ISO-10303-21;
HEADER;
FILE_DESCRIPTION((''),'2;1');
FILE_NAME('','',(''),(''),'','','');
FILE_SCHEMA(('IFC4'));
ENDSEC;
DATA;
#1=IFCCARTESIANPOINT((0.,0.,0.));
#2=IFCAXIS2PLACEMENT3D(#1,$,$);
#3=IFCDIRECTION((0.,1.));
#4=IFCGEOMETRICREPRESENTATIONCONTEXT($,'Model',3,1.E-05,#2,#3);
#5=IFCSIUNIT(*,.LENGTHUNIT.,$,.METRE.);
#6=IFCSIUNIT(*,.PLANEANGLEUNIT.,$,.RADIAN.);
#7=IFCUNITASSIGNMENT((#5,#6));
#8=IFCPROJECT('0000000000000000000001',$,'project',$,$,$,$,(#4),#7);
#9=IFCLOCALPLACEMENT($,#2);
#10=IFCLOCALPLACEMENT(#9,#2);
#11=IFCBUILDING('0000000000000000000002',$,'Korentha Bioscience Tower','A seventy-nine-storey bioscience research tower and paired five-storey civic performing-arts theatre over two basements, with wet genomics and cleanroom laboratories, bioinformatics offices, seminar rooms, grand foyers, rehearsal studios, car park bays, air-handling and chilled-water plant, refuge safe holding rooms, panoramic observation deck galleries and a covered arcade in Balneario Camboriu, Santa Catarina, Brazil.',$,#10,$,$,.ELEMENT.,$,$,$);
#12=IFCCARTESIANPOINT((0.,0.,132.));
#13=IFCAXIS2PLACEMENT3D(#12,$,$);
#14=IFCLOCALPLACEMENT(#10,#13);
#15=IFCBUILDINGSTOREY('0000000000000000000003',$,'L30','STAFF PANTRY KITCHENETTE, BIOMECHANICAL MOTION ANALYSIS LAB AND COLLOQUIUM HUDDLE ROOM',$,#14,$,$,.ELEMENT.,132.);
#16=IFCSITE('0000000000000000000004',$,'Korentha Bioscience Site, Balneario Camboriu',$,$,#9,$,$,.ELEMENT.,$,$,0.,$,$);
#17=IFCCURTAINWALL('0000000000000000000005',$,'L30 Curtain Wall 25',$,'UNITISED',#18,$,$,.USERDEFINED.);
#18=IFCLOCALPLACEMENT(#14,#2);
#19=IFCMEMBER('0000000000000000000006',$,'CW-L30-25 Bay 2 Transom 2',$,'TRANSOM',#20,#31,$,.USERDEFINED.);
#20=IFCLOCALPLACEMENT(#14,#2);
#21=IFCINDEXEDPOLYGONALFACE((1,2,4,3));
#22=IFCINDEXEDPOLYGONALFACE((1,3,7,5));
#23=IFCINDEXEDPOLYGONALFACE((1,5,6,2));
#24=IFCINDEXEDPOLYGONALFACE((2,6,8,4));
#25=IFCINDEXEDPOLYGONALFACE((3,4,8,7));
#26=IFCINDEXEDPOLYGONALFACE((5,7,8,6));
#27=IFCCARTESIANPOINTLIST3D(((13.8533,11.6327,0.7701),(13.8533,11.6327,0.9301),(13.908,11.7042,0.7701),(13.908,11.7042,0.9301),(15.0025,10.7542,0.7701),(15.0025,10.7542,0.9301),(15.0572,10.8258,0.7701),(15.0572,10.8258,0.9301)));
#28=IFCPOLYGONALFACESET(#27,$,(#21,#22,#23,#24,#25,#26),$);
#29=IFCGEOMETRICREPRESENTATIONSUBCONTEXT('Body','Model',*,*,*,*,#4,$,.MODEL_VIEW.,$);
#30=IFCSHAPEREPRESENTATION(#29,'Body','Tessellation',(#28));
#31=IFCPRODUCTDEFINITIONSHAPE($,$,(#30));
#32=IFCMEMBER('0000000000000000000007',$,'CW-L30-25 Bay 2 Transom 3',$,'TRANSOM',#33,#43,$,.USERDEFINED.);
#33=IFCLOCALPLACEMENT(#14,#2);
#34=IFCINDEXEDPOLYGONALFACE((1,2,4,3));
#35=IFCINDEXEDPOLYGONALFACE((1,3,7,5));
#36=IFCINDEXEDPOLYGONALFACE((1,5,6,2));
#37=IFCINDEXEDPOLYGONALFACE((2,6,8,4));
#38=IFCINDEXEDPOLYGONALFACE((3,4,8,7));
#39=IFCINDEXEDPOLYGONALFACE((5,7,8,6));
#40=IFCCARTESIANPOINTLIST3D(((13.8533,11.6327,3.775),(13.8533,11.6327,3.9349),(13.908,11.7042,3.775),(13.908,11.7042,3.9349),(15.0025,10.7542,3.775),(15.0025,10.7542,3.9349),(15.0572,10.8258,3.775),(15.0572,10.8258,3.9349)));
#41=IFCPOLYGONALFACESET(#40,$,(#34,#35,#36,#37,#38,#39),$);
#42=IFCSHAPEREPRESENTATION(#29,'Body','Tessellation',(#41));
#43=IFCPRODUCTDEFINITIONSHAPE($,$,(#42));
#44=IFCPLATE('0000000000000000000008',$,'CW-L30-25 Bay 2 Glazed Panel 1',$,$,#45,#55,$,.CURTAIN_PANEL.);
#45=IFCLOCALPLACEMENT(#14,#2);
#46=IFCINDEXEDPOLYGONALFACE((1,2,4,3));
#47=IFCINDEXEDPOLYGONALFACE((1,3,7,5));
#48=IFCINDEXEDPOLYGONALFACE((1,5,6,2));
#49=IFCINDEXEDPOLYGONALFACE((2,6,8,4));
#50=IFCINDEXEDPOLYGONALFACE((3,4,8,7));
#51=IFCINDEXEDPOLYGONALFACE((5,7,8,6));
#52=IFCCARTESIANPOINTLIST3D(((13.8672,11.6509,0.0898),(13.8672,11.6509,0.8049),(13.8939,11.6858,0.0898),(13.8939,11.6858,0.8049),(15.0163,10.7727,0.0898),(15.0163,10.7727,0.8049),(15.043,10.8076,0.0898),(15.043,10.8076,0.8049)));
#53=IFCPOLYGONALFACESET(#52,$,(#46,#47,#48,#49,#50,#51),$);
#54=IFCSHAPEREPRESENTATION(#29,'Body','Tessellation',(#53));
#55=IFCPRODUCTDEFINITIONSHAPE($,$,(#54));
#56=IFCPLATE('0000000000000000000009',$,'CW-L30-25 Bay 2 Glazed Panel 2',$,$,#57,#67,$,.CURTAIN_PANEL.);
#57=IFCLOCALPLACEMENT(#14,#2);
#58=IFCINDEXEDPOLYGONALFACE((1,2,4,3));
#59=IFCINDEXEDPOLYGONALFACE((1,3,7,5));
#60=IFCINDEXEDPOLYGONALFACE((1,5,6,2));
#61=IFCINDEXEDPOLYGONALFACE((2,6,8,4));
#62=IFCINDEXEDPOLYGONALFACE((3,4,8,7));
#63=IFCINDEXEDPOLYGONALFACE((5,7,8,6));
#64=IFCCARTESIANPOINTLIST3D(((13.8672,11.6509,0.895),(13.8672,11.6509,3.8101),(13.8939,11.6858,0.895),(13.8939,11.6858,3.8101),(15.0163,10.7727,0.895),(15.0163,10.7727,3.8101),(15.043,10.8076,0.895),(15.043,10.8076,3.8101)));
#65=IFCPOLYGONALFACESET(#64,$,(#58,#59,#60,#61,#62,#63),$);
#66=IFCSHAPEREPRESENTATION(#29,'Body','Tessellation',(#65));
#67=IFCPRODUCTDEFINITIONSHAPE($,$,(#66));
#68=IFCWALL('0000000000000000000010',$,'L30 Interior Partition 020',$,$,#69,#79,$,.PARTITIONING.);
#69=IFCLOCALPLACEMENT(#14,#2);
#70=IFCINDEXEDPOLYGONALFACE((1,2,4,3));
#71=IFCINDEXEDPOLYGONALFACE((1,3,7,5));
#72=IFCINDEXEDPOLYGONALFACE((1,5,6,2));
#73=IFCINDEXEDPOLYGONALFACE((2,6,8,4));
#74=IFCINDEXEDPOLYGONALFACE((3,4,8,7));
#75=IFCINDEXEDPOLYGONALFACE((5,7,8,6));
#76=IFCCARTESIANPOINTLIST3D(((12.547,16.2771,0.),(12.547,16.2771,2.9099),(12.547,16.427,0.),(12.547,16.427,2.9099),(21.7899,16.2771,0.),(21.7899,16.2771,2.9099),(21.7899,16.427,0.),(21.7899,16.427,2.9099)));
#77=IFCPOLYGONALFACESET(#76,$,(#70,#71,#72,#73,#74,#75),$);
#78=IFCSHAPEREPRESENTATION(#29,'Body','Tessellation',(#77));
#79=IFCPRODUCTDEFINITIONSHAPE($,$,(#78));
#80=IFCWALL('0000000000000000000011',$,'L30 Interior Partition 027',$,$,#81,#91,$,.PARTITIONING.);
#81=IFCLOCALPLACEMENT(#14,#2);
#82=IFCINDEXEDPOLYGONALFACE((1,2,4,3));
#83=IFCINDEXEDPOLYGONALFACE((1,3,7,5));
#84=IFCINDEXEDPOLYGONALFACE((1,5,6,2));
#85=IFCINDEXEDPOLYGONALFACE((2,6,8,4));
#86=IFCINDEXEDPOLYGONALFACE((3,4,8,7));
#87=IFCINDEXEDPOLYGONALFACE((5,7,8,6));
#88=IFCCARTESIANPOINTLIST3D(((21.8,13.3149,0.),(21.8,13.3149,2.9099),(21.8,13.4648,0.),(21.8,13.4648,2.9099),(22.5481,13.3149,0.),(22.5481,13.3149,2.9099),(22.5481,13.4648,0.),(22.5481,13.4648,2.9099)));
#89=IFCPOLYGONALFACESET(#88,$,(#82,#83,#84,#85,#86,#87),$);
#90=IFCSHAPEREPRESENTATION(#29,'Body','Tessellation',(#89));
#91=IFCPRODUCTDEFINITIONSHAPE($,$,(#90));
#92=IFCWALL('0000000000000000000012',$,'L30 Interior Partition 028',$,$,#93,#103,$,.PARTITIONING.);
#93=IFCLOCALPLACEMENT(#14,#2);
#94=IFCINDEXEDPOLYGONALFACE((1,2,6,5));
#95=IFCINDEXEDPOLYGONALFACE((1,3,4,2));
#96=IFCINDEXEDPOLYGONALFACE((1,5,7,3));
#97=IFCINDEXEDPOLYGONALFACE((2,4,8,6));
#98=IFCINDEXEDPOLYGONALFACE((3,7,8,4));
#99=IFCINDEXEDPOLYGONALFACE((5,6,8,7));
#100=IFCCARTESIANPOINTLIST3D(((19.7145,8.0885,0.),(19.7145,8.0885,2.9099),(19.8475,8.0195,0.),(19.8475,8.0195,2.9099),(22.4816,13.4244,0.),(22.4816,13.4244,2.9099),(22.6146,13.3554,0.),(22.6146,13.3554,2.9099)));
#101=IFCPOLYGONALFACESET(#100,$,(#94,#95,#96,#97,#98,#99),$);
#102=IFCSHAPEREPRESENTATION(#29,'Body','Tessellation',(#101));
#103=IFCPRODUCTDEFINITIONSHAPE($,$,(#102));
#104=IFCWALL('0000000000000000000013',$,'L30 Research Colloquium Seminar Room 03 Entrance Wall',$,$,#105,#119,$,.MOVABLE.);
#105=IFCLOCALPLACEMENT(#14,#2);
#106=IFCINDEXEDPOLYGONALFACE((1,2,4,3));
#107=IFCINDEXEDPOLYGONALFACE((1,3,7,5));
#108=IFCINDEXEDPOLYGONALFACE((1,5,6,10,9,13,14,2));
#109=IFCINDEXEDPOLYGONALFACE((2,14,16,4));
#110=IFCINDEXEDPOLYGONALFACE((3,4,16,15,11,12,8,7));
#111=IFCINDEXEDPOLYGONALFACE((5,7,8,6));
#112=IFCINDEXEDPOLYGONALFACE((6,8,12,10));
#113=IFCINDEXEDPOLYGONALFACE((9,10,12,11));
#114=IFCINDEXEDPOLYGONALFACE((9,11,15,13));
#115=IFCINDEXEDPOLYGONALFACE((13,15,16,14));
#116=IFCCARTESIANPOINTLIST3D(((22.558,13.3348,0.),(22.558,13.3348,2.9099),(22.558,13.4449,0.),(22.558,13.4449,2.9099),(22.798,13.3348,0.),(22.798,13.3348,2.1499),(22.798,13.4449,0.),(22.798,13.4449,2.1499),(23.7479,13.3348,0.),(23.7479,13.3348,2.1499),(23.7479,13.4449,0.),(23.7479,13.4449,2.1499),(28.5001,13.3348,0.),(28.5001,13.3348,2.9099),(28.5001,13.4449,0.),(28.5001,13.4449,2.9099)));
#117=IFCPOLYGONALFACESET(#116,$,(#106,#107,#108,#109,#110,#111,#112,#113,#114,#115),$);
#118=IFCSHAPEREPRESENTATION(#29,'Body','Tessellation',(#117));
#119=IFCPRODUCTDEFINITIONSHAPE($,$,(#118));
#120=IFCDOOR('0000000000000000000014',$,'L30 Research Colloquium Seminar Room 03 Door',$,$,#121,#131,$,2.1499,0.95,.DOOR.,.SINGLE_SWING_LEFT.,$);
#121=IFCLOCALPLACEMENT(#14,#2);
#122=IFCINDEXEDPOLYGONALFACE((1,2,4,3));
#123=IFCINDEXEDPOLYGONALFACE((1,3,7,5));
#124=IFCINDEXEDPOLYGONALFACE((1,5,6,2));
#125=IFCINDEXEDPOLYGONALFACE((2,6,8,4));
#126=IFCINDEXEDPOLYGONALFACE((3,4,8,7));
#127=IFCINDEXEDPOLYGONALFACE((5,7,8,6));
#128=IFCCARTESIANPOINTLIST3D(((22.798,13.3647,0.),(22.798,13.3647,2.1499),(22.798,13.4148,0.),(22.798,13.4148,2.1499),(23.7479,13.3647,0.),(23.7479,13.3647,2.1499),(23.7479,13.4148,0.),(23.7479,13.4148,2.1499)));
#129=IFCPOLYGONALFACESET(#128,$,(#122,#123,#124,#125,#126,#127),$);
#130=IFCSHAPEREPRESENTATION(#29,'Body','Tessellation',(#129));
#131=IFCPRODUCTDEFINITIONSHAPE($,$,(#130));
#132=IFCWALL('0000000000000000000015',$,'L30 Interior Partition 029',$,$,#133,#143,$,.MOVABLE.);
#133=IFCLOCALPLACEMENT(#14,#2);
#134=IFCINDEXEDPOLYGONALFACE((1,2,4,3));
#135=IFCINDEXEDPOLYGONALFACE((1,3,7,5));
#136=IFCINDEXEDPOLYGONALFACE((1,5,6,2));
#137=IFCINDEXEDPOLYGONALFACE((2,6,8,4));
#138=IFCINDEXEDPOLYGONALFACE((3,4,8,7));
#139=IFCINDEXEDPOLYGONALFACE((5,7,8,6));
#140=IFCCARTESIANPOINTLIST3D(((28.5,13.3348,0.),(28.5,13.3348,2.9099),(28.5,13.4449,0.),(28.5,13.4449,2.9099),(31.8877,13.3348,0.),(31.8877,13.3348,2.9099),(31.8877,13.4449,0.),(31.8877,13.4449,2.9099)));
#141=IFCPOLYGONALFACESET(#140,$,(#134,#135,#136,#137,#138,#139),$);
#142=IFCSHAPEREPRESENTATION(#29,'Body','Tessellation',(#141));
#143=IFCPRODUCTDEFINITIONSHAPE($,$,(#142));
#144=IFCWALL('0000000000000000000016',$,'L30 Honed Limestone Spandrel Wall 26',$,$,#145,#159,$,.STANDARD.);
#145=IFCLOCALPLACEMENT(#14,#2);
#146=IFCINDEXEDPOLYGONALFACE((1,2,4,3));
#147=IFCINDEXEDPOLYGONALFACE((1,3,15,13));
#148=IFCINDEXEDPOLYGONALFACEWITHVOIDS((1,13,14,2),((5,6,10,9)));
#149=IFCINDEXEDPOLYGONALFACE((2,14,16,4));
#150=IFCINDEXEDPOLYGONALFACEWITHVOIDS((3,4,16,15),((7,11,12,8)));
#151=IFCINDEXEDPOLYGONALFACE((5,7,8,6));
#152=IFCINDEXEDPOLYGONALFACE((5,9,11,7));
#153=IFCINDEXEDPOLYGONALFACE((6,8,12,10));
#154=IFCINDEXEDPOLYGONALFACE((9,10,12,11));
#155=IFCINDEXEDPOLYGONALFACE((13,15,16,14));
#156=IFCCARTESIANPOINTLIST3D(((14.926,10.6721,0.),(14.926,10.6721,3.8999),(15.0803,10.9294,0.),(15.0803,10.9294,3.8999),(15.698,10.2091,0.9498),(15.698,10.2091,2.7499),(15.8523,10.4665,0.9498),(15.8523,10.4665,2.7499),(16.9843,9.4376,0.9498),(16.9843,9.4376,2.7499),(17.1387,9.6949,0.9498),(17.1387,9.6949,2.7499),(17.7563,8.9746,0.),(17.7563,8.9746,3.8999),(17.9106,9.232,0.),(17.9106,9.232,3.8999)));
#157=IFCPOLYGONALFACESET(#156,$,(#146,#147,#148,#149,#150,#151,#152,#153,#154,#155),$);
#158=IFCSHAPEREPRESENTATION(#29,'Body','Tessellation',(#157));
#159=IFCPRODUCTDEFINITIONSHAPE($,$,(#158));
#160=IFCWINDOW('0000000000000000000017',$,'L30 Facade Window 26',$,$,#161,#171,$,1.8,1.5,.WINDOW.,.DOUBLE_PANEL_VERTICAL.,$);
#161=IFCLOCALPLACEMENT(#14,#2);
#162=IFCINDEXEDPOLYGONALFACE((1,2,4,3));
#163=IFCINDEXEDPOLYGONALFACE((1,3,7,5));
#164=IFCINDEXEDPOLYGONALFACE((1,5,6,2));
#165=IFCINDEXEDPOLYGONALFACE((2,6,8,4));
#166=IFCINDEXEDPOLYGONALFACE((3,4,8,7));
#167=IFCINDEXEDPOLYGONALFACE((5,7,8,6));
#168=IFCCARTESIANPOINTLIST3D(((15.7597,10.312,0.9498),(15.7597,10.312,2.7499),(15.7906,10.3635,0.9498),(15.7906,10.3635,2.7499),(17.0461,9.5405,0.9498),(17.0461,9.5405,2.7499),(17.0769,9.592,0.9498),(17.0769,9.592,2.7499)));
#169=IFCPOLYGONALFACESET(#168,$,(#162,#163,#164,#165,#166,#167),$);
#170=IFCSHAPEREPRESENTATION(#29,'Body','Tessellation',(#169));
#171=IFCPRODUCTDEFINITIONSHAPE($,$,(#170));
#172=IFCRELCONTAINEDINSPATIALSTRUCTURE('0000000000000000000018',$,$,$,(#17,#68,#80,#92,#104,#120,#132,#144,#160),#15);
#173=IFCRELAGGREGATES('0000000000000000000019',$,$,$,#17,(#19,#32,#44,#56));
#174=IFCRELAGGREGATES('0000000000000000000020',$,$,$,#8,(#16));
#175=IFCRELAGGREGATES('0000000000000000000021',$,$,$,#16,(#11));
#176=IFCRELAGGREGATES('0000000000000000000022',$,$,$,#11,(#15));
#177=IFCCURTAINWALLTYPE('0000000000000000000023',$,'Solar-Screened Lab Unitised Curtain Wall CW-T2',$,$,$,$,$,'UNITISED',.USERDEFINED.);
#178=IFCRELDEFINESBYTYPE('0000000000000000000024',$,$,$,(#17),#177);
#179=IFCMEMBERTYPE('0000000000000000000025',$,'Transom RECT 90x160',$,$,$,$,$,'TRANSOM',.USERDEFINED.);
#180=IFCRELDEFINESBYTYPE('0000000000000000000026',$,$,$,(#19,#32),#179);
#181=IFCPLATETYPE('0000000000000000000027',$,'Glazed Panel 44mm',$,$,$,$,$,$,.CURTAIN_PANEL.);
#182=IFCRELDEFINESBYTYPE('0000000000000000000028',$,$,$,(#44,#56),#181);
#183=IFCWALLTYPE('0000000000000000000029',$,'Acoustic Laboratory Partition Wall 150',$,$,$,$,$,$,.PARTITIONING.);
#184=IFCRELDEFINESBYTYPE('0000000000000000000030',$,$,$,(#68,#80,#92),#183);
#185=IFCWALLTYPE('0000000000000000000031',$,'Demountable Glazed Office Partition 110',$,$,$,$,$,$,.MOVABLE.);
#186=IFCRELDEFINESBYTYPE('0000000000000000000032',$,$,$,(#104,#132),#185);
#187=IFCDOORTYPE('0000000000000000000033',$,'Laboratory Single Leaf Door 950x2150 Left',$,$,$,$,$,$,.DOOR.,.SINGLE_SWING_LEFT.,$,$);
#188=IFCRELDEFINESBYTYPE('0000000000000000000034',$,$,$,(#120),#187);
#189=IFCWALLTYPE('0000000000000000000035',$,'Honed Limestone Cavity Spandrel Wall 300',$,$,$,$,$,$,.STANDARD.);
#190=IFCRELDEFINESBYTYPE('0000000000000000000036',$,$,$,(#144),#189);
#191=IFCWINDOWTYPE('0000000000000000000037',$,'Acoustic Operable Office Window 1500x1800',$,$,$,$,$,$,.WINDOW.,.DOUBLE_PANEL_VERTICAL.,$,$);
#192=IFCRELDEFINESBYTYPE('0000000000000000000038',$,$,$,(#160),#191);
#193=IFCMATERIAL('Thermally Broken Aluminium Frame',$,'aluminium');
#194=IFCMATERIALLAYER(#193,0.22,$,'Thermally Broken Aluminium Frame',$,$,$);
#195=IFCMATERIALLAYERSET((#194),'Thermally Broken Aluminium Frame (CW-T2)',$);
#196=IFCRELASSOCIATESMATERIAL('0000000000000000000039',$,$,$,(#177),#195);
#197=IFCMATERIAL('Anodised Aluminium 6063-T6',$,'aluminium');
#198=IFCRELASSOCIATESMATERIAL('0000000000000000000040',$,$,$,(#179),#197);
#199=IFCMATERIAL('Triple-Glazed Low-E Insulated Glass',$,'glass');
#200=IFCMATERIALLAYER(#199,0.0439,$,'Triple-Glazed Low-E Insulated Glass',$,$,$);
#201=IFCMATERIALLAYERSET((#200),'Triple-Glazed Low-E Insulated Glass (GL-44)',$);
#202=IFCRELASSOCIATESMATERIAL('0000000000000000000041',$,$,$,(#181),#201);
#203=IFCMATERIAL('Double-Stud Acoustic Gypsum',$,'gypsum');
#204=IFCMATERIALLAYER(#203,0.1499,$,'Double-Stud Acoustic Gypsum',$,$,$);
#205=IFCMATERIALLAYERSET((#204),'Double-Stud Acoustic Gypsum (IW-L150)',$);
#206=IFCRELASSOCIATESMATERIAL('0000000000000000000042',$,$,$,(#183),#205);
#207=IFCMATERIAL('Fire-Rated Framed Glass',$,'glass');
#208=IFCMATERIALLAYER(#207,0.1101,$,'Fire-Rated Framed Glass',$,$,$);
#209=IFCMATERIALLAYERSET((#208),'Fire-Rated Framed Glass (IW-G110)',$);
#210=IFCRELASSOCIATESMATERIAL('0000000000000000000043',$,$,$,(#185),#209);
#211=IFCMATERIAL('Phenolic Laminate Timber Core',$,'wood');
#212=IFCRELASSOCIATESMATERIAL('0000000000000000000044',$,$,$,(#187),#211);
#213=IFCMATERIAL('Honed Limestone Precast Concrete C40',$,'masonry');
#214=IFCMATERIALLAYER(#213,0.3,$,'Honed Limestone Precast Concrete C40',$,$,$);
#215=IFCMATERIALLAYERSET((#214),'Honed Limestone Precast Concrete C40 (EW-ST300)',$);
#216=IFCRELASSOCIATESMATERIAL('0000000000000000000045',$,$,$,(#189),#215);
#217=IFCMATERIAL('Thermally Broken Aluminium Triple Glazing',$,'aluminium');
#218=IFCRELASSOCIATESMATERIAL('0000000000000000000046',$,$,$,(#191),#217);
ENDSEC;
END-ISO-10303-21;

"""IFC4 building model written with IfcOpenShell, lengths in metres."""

from ifc_helpers import new_model, si_unit, direction, frame, frame_2d, origin, origin_2d, place, context, subcontext, project, spatial, rectangle, extrude, material, layer, layer_set, material_profile, profile_set, type_object, element, fill, aggregate, save


model = new_model("IFC4")

# Units and contexts
model_context = context("Model", 3, precision=1e-05, world=origin(), true_north=direction((0.0, 1.0)))
body_context = subcontext(model_context, "Body", "Model", "MODEL_VIEW")
ifc_project = project(units=[si_unit("LENGTHUNIT", "METRE"), si_unit("PLANEANGLEUNIT", "RADIAN")], contexts=[model_context])

# Site, building, storey
site_placement = place(None, origin())
site = spatial("IfcSite", under=ifc_project, at=site_placement, Name="Korentha Bioscience Site, Balneario Camboriu", CompositionType="ELEMENT", RefElevation=0.0)
building_placement = place(site_placement, origin())
building = spatial("IfcBuilding", under=site, at=building_placement, Name="Korentha Bioscience Tower", Description="A seventy-nine-storey bioscience research tower and paired five-storey civic performing-arts theatre over two basements, with wet genomics and cleanroom laboratories, bioinformatics offices, seminar rooms, grand foyers, rehearsal studios, car park bays, air-handling and chilled-water plant, refuge safe holding rooms, panoramic observation deck galleries and a covered arcade in Balneario Camboriu, Santa Catarina, Brazil.", CompositionType="ELEMENT")
storey_placement = place(building_placement, frame((0.0, 0.0, 132.0)))
storey = spatial("IfcBuildingStorey", under=building, at=storey_placement, Name="L30", Description="STAFF PANTRY KITCHENETTE, BIOMECHANICAL MOTION ANALYSIS LAB AND COLLOQUIUM HUDDLE ROOM", CompositionType="ELEMENT", Elevation=132.0)

# Curtain wall
ifc_material_1 = material(Name="Thermally Broken Aluminium Frame", Category="aluminium")
ifc_layer_1 = layer(ifc_material_1, 0.22, Name="Thermally Broken Aluminium Frame")
ifc_layer_set_1 = layer_set([ifc_layer_1], Name="Thermally Broken Aluminium Frame (CW-T2)")
curtain_wall_type = type_object("IfcCurtainWallType", Name="Solar-Screened Lab Unitised Curtain Wall CW-T2", ElementType="UNITISED", PredefinedType="USERDEFINED", material=ifc_layer_set_1)
curtain_wall_placement = place(storey_placement, origin())
curtain_wall = element("IfcCurtainWall", 1, at=curtain_wall_placement, inside=storey, type_object=curtain_wall_type, Name="L30 Curtain Wall 25", ObjectType="UNITISED", PredefinedType="USERDEFINED")
ifc_material_2 = material(Name="Anodised Aluminium 6063-T6", Category="aluminium")

# Members
ifc_material_profile_1 = material_profile(ifc_material_2, rectangle(XDim=0.0901, YDim=0.1599, at=origin_2d()), Name="Anodised Aluminium 6063-T6")
ifc_profile_set_1 = profile_set([ifc_material_profile_1], Name="Anodised Aluminium 6063-T6 (CW-TRN)")
member_type_1 = type_object("IfcMemberType", Name="Transom RECT 90x160", ElementType="TRANSOM", PredefinedType="USERDEFINED", material=ifc_profile_set_1)
member_1_placement = place(storey_placement, frame((13.8806, 11.6685, 0.8501), z_axis=(0.794478, -0.607293, 0.0), x_axis=(0.607293, 0.794478, 0.0)))
member_1 = element("IfcMember", 2, at=member_1_placement, type_object=member_type_1, Name="CW-L30-25 Bay 2 Transom 2", ObjectType="TRANSOM", PredefinedType="USERDEFINED", context=body_context, shape_type="SweptSolid", body=[
    extrude(rectangle(XDim=0.0901, YDim=0.1599, at=origin_2d()), origin(), (0.0, 0.0, 1.0), 1.4465),
])
member_2_placement = place(storey_placement, frame((13.8806, 11.6685, 3.855), z_axis=(0.794478, -0.607293, 0.0), x_axis=(0.607293, 0.794478, 0.0)))
member_2 = element("IfcMember", 3, at=member_2_placement, type_object=member_type_1, Name="CW-L30-25 Bay 2 Transom 3", ObjectType="TRANSOM", PredefinedType="USERDEFINED", context=body_context, shape_type="SweptSolid", body=[
    extrude(rectangle(XDim=0.0901, YDim=0.1599, at=origin_2d()), origin(), (0.0, 0.0, 1.0), 1.4465),
])

# Plates
ifc_material_3 = material(Name="Triple-Glazed Low-E Insulated Glass", Category="glass")
ifc_layer_2 = layer(ifc_material_3, 0.0439, Name="Triple-Glazed Low-E Insulated Glass")
ifc_layer_set_2 = layer_set([ifc_layer_2], Name="Triple-Glazed Low-E Insulated Glass (GL-44)")
plate_type = type_object("IfcPlateType", Name="Glazed Panel 44mm", PredefinedType="CURTAIN_PANEL", material=ifc_layer_set_2)
plate_1_placement = place(storey_placement, frame((14.4551, 11.2292, 0.0898), z_axis=(0.0, 0.0, 1.0), x_axis=(0.7945, -0.607265, 0.0)))
plate_1 = element("IfcPlate", 4, at=plate_1_placement, type_object=plate_type, Name="CW-L30-25 Bay 2 Glazed Panel 1", PredefinedType="CURTAIN_PANEL", context=body_context, shape_type="SweptSolid", body=[
    extrude(rectangle(XDim=1.4463, YDim=0.0439, at=origin_2d()), origin(), (0.0, 0.0, 1.0), 0.7151),
])
plate_2_placement = place(storey_placement, frame((14.4551, 11.2292, 0.895), z_axis=(0.0, 0.0, 1.0), x_axis=(0.7945, -0.607265, 0.0)))
plate_2 = element("IfcPlate", 5, at=plate_2_placement, type_object=plate_type, Name="CW-L30-25 Bay 2 Glazed Panel 2", PredefinedType="CURTAIN_PANEL", context=body_context, shape_type="SweptSolid", body=[
    extrude(rectangle(XDim=1.4463, YDim=0.0439, at=origin_2d()), origin(), (0.0, 0.0, 1.0), 2.915),
])
aggregate(curtain_wall, [member_1, member_2, plate_1, plate_2])

# Shared definitions
ifc_material_4 = material(Name="Double-Stud Acoustic Gypsum", Category="gypsum")
ifc_layer_3 = layer(ifc_material_4, 0.1499, Name="Double-Stud Acoustic Gypsum")
ifc_layer_set_3 = layer_set([ifc_layer_3], Name="Double-Stud Acoustic Gypsum (IW-L150)")
wall_type_1 = type_object("IfcWallType", Name="Acoustic Laboratory Partition Wall 150", PredefinedType="PARTITIONING", material=ifc_layer_set_3)
ifc_material_5 = material(Name="Phenolic Laminate Timber Core", Category="wood")

# Walls
wall_1_placement = place(storey_placement, frame((21.79, 16.3521, 0.0), z_axis=(0.0, 0.0, 1.0), x_axis=(-1.0, 0.0, 0.0)))
element("IfcWall", 6, at=wall_1_placement, inside=storey, type_object=wall_type_1, Name="L30 Interior Partition 020", PredefinedType="PARTITIONING", context=body_context, shape_type="SweptSolid", body=[
    extrude(rectangle(XDim=9.2429, YDim=0.1499, at=frame_2d((4.6216, 0.0))), origin(), (0.0, 0.0, 1.0), 2.9099),
])
wall_2_placement = place(storey_placement, frame((21.8, 13.3899, 0.0), z_axis=(0.0, 0.0, 1.0), x_axis=(1.0, 0.0, 0.0)))
element("IfcWall", 7, at=wall_2_placement, inside=storey, type_object=wall_type_1, Name="L30 Interior Partition 027", PredefinedType="PARTITIONING", context=body_context, shape_type="SweptSolid", body=[
    extrude(rectangle(XDim=0.748, YDim=0.1499, at=frame_2d((0.374, 0.0))), origin(), (0.0, 0.0, 1.0), 2.9099),
])
wall_3_placement = place(storey_placement, frame((22.5481, 13.3899, 0.0), z_axis=(0.0, 0.0, 1.0), x_axis=(-0.460357, -0.887734, 0.0)))
element("IfcWall", 8, at=wall_3_placement, inside=storey, type_object=wall_type_1, Name="L30 Interior Partition 028", PredefinedType="PARTITIONING", context=body_context, shape_type="SweptSolid", body=[
    extrude(rectangle(XDim=6.0107, YDim=0.1499, at=frame_2d((3.0054, 0.0))), origin(), (0.0, 0.0, 1.0), 2.9099),
])

# Wall, opening, door
ifc_material_6 = material(Name="Fire-Rated Framed Glass", Category="glass")
ifc_layer_4 = layer(ifc_material_6, 0.1101, Name="Fire-Rated Framed Glass")
ifc_layer_set_4 = layer_set([ifc_layer_4], Name="Fire-Rated Framed Glass (IW-G110)")
wall_type_2 = type_object("IfcWallType", Name="Demountable Glazed Office Partition 110", PredefinedType="MOVABLE", material=ifc_layer_set_4)
wall_4_placement = place(storey_placement, frame((22.5579, 13.3899, 0.0), z_axis=(0.0, 0.0, 1.0), x_axis=(1.0, 0.0, 0.0)))
wall_4 = element("IfcWall", 9, at=wall_4_placement, inside=storey, type_object=wall_type_2, Name="L30 Research Colloquium Seminar Room 03 Entrance Wall", PredefinedType="MOVABLE", context=body_context, shape_type="SweptSolid", body=[
    extrude(rectangle(XDim=5.9421, YDim=0.1101, at=frame_2d((2.9712, 0.0))), origin(), (0.0, 0.0, 1.0), 2.9099),
])
opening_1_placement = place(wall_4_placement, frame((0.24, 0.0, 0.0)))
opening_1 = element("IfcOpeningElement", 10, at=opening_1_placement, cuts=wall_4, PredefinedType="OPENING", context=body_context, shape_type="SweptSolid", body=[
    extrude(rectangle(XDim=0.95, YDim=2.1499, at=frame_2d((0.4751, 1.075))), frame((0.0, 0.0698, 0.0), z_axis=(0.0, -1.0, 0.0), x_axis=(1.0, 0.0, 0.0)), (0.0, 0.0, 1.0), 0.1399),
])
door_type_1 = type_object("IfcDoorType", Name="Laboratory Single Leaf Door 950x2150 Left", OperationType="SINGLE_SWING_LEFT", PredefinedType="DOOR", material=ifc_material_5)
door_1_placement = place(opening_1_placement, origin())
door_1 = element("IfcDoor", 11, at=door_1_placement, inside=storey, type_object=door_type_1, Name="L30 Research Colloquium Seminar Room 03 Door", OperationType="SINGLE_SWING_LEFT", OverallHeight=2.1499, OverallWidth=0.95, PredefinedType="DOOR", context=body_context, shape_type="SweptSolid", body=[
    extrude(rectangle(XDim=0.95, YDim=2.1499, at=frame_2d((0.4751, 1.075))), frame((0.0, 0.0249, 0.0), z_axis=(0.0, -1.0, 0.0), x_axis=(1.0, 0.0, 0.0)), (0.0, 0.0, 1.0), 0.05),
])
fill(opening_1, door_1)

# Wall
wall_5_placement = place(storey_placement, frame((28.5, 13.3899, 0.0), z_axis=(0.0, 0.0, 1.0), x_axis=(1.0, 0.0, 0.0)))
element("IfcWall", 12, at=wall_5_placement, inside=storey, type_object=wall_type_2, Name="L30 Interior Partition 029", PredefinedType="MOVABLE", context=body_context, shape_type="SweptSolid", body=[
    extrude(rectangle(XDim=3.3877, YDim=0.1101, at=frame_2d((1.6938, 0.0))), origin(), (0.0, 0.0, 1.0), 2.9099),
])

# Wall, opening, window
ifc_material_7 = material(Name="Honed Limestone Precast Concrete C40", Category="masonry")
ifc_layer_5 = layer(ifc_material_7, 0.3, Name="Honed Limestone Precast Concrete C40")
ifc_layer_set_5 = layer_set([ifc_layer_5], Name="Honed Limestone Precast Concrete C40 (EW-ST300)")
wall_type_3 = type_object("IfcWallType", Name="Honed Limestone Cavity Spandrel Wall 300", PredefinedType="STANDARD", material=ifc_layer_set_5)
wall_6_placement = place(storey_placement, frame((15.0032, 10.8008, 0.0), z_axis=(0.0, 0.0, 1.0), x_axis=(0.857584, -0.514343, 0.0)))
wall_6 = element("IfcWall", 13, at=wall_6_placement, inside=storey, type_object=wall_type_3, Name="L30 Honed Limestone Spandrel Wall 26", PredefinedType="STANDARD", context=body_context, shape_type="SweptSolid", body=[
    extrude(rectangle(XDim=3.3003, YDim=0.3, at=frame_2d((1.6501, 0.0))), origin(), (0.0, 0.0, 1.0), 3.8999),
])
opening_2_placement = place(wall_6_placement, frame((0.9001, 0.0, 0.95)))
opening_2 = element("IfcOpeningElement", 14, at=opening_2_placement, cuts=wall_6, PredefinedType="OPENING", context=body_context, shape_type="SweptSolid", body=[
    extrude(rectangle(XDim=1.5, YDim=1.8, at=frame_2d((0.75, 0.8999))), frame((0.0, 0.165, 0.0), z_axis=(0.0, -1.0, 0.0), x_axis=(1.0, 0.0, 0.0)), (0.0, 0.0, 1.0), 0.3298),
])
ifc_material_8 = material(Name="Thermally Broken Aluminium Triple Glazing", Category="aluminium")
window_type = type_object("IfcWindowType", Name="Acoustic Operable Office Window 1500x1800", PartitioningType="DOUBLE_PANEL_VERTICAL", PredefinedType="WINDOW", material=ifc_material_8)
window_1_placement = place(opening_2_placement, origin())
window_1 = element("IfcWindow", 15, at=window_1_placement, inside=storey, type_object=window_type, Name="L30 Facade Window 26", OverallHeight=1.8, OverallWidth=1.5, PartitioningType="DOUBLE_PANEL_VERTICAL", PredefinedType="WINDOW", context=body_context, shape_type="SweptSolid", body=[
    extrude(rectangle(XDim=1.5, YDim=1.8, at=frame_2d((0.75, 0.8999))), frame((0.0, 0.03, 0.0), z_axis=(0.0, -1.0, 0.0), x_axis=(1.0, 0.0, 0.0)), (0.0, 0.0, 1.0), 0.0601),
])
fill(opening_2, window_1)

save(model, "model.ifc")
